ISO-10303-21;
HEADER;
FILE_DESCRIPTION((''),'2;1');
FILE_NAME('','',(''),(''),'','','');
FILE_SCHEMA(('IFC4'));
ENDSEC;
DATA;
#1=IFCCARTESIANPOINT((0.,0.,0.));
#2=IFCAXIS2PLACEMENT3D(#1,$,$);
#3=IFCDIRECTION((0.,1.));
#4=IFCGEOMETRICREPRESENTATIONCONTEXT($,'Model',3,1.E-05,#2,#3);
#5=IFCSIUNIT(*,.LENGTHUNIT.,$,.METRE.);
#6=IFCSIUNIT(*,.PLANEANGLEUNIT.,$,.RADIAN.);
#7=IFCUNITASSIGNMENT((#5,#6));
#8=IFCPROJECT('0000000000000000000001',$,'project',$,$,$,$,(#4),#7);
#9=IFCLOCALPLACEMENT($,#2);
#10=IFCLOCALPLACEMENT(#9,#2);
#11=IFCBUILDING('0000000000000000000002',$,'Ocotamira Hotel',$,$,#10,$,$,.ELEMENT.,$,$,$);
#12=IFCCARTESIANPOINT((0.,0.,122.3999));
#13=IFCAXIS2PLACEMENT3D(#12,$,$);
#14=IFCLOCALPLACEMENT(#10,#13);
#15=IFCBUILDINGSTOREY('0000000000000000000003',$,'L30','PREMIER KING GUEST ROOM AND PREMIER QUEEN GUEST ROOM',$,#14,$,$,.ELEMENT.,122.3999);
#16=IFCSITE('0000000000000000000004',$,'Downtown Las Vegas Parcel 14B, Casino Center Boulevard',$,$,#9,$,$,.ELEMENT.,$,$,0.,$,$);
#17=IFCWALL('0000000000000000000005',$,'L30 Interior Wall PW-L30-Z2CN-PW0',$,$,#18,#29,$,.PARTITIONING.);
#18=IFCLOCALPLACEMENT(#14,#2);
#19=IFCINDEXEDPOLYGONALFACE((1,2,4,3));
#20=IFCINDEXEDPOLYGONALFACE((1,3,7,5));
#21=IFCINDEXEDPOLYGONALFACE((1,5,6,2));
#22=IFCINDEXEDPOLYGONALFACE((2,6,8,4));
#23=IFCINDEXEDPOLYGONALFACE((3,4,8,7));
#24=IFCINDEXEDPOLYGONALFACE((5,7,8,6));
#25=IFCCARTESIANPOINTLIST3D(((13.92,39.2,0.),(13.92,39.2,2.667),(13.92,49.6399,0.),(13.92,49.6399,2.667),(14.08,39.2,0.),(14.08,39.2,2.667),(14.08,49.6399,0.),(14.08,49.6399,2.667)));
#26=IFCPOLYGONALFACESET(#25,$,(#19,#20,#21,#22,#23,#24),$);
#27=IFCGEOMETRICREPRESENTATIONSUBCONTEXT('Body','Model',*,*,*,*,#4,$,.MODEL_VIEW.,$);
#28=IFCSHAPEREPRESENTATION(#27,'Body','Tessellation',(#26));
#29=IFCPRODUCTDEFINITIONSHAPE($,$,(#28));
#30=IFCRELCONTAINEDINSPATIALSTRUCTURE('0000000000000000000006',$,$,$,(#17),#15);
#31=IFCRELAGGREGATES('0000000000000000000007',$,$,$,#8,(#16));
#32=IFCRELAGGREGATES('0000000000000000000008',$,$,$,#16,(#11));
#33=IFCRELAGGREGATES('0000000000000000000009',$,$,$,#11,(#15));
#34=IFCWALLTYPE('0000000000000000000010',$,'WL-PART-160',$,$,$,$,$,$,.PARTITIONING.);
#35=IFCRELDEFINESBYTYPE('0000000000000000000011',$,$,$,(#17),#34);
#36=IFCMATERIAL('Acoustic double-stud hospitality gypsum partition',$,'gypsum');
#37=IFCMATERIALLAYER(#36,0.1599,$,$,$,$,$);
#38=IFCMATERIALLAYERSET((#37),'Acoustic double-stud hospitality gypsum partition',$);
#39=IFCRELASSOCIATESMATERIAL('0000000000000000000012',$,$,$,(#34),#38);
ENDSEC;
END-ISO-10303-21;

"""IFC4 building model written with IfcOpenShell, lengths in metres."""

from ifc_helpers import new_model, si_unit, direction, frame, frame_2d, origin, place, context, subcontext, project, spatial, rectangle, extrude, material, layer, layer_set, type_object, element, save


model = new_model("IFC4")

# Units and contexts
model_context = context("Model", 3, precision=1e-05, world=origin(), true_north=direction((0.0, 1.0)))
body_context = subcontext(model_context, "Body", "Model", "MODEL_VIEW")
ifc_project = project(units=[si_unit("LENGTHUNIT", "METRE"), si_unit("PLANEANGLEUNIT", "RADIAN")], contexts=[model_context])

# Site, building, storey
site_placement = place(None, origin())
site = spatial("IfcSite", under=ifc_project, at=site_placement, Name="Downtown Las Vegas Parcel 14B, Casino Center Boulevard", CompositionType="ELEMENT", RefElevation=0.0)
building_placement = place(site_placement, origin())
building = spatial("IfcBuilding", under=site, at=building_placement, Name="Ocotamira Hotel", CompositionType="ELEMENT")
storey_placement = place(building_placement, frame((0.0, 0.0, 122.3999)))
storey = spatial("IfcBuildingStorey", under=building, at=storey_placement, Name="L30", Description="PREMIER KING GUEST ROOM AND PREMIER QUEEN GUEST ROOM", CompositionType="ELEMENT", Elevation=122.3999)

# Wall
ifc_material_1 = material(Name="Acoustic double-stud hospitality gypsum partition", Category="gypsum")
ifc_layer_1 = layer(ifc_material_1, 0.1599)
ifc_layer_set_1 = layer_set([ifc_layer_1], Name="Acoustic double-stud hospitality gypsum partition")
wall_type_1 = type_object("IfcWallType", Name="WL-PART-160", PredefinedType="PARTITIONING", material=ifc_layer_set_1)
wall_1_placement = place(storey_placement, frame((14.0, 39.2, 0.0), z_axis=(0.0, 0.0, 1.0), x_axis=(0.0, 1.0, 0.0)))
element("IfcWall", 1, at=wall_1_placement, inside=storey, type_object=wall_type_1, Name="L30 Interior Wall PW-L30-Z2CN-PW0", PredefinedType="PARTITIONING", context=body_context, shape_type="SweptSolid", body=[
    extrude(rectangle(XDim=10.4399, YDim=0.1599, at=frame_2d((5.22, 0.0))), origin(), (0.0, 0.0, 1.0), 2.667),
])

save(model, "model.ifc")
